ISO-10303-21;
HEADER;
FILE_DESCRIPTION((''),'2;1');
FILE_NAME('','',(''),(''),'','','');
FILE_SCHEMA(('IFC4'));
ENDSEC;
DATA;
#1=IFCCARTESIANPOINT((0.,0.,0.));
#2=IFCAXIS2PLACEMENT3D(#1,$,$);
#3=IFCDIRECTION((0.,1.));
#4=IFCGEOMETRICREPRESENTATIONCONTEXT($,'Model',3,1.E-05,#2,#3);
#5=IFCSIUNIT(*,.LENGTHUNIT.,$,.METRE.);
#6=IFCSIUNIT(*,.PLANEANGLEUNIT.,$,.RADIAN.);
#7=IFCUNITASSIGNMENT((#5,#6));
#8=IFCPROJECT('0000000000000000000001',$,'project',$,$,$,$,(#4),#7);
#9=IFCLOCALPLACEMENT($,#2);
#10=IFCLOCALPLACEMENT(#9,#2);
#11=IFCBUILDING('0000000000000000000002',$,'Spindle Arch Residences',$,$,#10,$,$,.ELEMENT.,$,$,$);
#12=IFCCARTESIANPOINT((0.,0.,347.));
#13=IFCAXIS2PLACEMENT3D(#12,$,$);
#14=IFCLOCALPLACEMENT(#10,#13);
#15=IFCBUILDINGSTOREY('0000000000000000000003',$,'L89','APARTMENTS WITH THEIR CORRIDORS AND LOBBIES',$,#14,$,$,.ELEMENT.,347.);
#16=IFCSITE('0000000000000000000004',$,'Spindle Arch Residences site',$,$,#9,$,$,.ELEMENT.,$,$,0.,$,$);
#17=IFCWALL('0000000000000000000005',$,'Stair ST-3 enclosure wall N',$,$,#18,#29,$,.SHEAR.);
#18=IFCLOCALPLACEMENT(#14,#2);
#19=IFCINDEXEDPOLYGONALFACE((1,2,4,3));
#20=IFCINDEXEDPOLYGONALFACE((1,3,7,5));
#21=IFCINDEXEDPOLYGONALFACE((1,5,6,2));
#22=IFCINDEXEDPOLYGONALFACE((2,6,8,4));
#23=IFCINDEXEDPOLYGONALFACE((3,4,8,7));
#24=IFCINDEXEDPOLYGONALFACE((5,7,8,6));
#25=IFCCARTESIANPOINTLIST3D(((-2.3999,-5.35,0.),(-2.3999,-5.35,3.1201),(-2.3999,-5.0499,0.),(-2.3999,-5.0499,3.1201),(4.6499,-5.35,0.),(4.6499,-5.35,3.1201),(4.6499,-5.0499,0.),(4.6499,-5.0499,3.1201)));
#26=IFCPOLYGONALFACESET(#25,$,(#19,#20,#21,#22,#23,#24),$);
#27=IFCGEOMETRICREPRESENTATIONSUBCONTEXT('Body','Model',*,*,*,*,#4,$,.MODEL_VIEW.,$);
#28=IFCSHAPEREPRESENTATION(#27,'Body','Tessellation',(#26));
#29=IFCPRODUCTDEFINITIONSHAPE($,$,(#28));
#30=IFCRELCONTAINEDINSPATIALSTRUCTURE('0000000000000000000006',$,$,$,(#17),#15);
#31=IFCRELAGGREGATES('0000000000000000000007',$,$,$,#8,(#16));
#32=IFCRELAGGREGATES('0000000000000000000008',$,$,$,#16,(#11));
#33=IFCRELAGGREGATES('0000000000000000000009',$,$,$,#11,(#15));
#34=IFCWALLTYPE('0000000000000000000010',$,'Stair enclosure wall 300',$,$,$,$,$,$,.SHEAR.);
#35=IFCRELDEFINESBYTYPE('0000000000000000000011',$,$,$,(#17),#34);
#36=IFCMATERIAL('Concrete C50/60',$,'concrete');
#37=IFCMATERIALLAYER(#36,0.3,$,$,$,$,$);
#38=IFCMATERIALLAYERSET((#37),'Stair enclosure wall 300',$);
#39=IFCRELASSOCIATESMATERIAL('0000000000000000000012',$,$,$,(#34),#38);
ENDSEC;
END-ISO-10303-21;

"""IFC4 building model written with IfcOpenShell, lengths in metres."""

from ifc_helpers import new_model, si_unit, direction, frame, frame_2d, origin, place, context, subcontext, project, spatial, rectangle, extrude, material, layer, layer_set, type_object, element, save


model = new_model("IFC4")

# Units and contexts
model_context = context("Model", 3, precision=1e-05, world=origin(), true_north=direction((0.0, 1.0)))
body_context = subcontext(model_context, "Body", "Model", "MODEL_VIEW")
ifc_project = project(units=[si_unit("LENGTHUNIT", "METRE"), si_unit("PLANEANGLEUNIT", "RADIAN")], contexts=[model_context])

# Site, building, storey
site_placement = place(None, origin())
site = spatial("IfcSite", under=ifc_project, at=site_placement, Name="Spindle Arch Residences site", CompositionType="ELEMENT", RefElevation=0.0)
building_placement = place(site_placement, origin())
building = spatial("IfcBuilding", under=site, at=building_placement, Name="Spindle Arch Residences", CompositionType="ELEMENT")
storey_placement = place(building_placement, frame((0.0, 0.0, 347.0)))
storey = spatial("IfcBuildingStorey", under=building, at=storey_placement, Name="L89", Description="APARTMENTS WITH THEIR CORRIDORS AND LOBBIES", CompositionType="ELEMENT", Elevation=347.0)

# Wall
ifc_material_1 = material(Name="Concrete C50/60", Category="concrete")
ifc_layer_1 = layer(ifc_material_1, 0.3)
ifc_layer_set_1 = layer_set([ifc_layer_1], Name="Stair enclosure wall 300")
wall_type_1 = type_object("IfcWallType", Name="Stair enclosure wall 300", PredefinedType="SHEAR", material=ifc_layer_set_1)
wall_1_placement = place(storey_placement, frame((-2.3999, -5.2, 0.0), z_axis=(0.0, 0.0, 1.0), x_axis=(1.0, 0.0, 0.0)))
element("IfcWall", 1, at=wall_1_placement, inside=storey, type_object=wall_type_1, Name="Stair ST-3 enclosure wall N", PredefinedType="SHEAR", context=body_context, shape_type="SweptSolid", body=[
    extrude(rectangle(XDim=7.0498, YDim=0.3, at=frame_2d((3.5249, 0.0))), origin(), (0.0, 0.0, 1.0), 3.1201),
])

save(model, "model.ifc")
